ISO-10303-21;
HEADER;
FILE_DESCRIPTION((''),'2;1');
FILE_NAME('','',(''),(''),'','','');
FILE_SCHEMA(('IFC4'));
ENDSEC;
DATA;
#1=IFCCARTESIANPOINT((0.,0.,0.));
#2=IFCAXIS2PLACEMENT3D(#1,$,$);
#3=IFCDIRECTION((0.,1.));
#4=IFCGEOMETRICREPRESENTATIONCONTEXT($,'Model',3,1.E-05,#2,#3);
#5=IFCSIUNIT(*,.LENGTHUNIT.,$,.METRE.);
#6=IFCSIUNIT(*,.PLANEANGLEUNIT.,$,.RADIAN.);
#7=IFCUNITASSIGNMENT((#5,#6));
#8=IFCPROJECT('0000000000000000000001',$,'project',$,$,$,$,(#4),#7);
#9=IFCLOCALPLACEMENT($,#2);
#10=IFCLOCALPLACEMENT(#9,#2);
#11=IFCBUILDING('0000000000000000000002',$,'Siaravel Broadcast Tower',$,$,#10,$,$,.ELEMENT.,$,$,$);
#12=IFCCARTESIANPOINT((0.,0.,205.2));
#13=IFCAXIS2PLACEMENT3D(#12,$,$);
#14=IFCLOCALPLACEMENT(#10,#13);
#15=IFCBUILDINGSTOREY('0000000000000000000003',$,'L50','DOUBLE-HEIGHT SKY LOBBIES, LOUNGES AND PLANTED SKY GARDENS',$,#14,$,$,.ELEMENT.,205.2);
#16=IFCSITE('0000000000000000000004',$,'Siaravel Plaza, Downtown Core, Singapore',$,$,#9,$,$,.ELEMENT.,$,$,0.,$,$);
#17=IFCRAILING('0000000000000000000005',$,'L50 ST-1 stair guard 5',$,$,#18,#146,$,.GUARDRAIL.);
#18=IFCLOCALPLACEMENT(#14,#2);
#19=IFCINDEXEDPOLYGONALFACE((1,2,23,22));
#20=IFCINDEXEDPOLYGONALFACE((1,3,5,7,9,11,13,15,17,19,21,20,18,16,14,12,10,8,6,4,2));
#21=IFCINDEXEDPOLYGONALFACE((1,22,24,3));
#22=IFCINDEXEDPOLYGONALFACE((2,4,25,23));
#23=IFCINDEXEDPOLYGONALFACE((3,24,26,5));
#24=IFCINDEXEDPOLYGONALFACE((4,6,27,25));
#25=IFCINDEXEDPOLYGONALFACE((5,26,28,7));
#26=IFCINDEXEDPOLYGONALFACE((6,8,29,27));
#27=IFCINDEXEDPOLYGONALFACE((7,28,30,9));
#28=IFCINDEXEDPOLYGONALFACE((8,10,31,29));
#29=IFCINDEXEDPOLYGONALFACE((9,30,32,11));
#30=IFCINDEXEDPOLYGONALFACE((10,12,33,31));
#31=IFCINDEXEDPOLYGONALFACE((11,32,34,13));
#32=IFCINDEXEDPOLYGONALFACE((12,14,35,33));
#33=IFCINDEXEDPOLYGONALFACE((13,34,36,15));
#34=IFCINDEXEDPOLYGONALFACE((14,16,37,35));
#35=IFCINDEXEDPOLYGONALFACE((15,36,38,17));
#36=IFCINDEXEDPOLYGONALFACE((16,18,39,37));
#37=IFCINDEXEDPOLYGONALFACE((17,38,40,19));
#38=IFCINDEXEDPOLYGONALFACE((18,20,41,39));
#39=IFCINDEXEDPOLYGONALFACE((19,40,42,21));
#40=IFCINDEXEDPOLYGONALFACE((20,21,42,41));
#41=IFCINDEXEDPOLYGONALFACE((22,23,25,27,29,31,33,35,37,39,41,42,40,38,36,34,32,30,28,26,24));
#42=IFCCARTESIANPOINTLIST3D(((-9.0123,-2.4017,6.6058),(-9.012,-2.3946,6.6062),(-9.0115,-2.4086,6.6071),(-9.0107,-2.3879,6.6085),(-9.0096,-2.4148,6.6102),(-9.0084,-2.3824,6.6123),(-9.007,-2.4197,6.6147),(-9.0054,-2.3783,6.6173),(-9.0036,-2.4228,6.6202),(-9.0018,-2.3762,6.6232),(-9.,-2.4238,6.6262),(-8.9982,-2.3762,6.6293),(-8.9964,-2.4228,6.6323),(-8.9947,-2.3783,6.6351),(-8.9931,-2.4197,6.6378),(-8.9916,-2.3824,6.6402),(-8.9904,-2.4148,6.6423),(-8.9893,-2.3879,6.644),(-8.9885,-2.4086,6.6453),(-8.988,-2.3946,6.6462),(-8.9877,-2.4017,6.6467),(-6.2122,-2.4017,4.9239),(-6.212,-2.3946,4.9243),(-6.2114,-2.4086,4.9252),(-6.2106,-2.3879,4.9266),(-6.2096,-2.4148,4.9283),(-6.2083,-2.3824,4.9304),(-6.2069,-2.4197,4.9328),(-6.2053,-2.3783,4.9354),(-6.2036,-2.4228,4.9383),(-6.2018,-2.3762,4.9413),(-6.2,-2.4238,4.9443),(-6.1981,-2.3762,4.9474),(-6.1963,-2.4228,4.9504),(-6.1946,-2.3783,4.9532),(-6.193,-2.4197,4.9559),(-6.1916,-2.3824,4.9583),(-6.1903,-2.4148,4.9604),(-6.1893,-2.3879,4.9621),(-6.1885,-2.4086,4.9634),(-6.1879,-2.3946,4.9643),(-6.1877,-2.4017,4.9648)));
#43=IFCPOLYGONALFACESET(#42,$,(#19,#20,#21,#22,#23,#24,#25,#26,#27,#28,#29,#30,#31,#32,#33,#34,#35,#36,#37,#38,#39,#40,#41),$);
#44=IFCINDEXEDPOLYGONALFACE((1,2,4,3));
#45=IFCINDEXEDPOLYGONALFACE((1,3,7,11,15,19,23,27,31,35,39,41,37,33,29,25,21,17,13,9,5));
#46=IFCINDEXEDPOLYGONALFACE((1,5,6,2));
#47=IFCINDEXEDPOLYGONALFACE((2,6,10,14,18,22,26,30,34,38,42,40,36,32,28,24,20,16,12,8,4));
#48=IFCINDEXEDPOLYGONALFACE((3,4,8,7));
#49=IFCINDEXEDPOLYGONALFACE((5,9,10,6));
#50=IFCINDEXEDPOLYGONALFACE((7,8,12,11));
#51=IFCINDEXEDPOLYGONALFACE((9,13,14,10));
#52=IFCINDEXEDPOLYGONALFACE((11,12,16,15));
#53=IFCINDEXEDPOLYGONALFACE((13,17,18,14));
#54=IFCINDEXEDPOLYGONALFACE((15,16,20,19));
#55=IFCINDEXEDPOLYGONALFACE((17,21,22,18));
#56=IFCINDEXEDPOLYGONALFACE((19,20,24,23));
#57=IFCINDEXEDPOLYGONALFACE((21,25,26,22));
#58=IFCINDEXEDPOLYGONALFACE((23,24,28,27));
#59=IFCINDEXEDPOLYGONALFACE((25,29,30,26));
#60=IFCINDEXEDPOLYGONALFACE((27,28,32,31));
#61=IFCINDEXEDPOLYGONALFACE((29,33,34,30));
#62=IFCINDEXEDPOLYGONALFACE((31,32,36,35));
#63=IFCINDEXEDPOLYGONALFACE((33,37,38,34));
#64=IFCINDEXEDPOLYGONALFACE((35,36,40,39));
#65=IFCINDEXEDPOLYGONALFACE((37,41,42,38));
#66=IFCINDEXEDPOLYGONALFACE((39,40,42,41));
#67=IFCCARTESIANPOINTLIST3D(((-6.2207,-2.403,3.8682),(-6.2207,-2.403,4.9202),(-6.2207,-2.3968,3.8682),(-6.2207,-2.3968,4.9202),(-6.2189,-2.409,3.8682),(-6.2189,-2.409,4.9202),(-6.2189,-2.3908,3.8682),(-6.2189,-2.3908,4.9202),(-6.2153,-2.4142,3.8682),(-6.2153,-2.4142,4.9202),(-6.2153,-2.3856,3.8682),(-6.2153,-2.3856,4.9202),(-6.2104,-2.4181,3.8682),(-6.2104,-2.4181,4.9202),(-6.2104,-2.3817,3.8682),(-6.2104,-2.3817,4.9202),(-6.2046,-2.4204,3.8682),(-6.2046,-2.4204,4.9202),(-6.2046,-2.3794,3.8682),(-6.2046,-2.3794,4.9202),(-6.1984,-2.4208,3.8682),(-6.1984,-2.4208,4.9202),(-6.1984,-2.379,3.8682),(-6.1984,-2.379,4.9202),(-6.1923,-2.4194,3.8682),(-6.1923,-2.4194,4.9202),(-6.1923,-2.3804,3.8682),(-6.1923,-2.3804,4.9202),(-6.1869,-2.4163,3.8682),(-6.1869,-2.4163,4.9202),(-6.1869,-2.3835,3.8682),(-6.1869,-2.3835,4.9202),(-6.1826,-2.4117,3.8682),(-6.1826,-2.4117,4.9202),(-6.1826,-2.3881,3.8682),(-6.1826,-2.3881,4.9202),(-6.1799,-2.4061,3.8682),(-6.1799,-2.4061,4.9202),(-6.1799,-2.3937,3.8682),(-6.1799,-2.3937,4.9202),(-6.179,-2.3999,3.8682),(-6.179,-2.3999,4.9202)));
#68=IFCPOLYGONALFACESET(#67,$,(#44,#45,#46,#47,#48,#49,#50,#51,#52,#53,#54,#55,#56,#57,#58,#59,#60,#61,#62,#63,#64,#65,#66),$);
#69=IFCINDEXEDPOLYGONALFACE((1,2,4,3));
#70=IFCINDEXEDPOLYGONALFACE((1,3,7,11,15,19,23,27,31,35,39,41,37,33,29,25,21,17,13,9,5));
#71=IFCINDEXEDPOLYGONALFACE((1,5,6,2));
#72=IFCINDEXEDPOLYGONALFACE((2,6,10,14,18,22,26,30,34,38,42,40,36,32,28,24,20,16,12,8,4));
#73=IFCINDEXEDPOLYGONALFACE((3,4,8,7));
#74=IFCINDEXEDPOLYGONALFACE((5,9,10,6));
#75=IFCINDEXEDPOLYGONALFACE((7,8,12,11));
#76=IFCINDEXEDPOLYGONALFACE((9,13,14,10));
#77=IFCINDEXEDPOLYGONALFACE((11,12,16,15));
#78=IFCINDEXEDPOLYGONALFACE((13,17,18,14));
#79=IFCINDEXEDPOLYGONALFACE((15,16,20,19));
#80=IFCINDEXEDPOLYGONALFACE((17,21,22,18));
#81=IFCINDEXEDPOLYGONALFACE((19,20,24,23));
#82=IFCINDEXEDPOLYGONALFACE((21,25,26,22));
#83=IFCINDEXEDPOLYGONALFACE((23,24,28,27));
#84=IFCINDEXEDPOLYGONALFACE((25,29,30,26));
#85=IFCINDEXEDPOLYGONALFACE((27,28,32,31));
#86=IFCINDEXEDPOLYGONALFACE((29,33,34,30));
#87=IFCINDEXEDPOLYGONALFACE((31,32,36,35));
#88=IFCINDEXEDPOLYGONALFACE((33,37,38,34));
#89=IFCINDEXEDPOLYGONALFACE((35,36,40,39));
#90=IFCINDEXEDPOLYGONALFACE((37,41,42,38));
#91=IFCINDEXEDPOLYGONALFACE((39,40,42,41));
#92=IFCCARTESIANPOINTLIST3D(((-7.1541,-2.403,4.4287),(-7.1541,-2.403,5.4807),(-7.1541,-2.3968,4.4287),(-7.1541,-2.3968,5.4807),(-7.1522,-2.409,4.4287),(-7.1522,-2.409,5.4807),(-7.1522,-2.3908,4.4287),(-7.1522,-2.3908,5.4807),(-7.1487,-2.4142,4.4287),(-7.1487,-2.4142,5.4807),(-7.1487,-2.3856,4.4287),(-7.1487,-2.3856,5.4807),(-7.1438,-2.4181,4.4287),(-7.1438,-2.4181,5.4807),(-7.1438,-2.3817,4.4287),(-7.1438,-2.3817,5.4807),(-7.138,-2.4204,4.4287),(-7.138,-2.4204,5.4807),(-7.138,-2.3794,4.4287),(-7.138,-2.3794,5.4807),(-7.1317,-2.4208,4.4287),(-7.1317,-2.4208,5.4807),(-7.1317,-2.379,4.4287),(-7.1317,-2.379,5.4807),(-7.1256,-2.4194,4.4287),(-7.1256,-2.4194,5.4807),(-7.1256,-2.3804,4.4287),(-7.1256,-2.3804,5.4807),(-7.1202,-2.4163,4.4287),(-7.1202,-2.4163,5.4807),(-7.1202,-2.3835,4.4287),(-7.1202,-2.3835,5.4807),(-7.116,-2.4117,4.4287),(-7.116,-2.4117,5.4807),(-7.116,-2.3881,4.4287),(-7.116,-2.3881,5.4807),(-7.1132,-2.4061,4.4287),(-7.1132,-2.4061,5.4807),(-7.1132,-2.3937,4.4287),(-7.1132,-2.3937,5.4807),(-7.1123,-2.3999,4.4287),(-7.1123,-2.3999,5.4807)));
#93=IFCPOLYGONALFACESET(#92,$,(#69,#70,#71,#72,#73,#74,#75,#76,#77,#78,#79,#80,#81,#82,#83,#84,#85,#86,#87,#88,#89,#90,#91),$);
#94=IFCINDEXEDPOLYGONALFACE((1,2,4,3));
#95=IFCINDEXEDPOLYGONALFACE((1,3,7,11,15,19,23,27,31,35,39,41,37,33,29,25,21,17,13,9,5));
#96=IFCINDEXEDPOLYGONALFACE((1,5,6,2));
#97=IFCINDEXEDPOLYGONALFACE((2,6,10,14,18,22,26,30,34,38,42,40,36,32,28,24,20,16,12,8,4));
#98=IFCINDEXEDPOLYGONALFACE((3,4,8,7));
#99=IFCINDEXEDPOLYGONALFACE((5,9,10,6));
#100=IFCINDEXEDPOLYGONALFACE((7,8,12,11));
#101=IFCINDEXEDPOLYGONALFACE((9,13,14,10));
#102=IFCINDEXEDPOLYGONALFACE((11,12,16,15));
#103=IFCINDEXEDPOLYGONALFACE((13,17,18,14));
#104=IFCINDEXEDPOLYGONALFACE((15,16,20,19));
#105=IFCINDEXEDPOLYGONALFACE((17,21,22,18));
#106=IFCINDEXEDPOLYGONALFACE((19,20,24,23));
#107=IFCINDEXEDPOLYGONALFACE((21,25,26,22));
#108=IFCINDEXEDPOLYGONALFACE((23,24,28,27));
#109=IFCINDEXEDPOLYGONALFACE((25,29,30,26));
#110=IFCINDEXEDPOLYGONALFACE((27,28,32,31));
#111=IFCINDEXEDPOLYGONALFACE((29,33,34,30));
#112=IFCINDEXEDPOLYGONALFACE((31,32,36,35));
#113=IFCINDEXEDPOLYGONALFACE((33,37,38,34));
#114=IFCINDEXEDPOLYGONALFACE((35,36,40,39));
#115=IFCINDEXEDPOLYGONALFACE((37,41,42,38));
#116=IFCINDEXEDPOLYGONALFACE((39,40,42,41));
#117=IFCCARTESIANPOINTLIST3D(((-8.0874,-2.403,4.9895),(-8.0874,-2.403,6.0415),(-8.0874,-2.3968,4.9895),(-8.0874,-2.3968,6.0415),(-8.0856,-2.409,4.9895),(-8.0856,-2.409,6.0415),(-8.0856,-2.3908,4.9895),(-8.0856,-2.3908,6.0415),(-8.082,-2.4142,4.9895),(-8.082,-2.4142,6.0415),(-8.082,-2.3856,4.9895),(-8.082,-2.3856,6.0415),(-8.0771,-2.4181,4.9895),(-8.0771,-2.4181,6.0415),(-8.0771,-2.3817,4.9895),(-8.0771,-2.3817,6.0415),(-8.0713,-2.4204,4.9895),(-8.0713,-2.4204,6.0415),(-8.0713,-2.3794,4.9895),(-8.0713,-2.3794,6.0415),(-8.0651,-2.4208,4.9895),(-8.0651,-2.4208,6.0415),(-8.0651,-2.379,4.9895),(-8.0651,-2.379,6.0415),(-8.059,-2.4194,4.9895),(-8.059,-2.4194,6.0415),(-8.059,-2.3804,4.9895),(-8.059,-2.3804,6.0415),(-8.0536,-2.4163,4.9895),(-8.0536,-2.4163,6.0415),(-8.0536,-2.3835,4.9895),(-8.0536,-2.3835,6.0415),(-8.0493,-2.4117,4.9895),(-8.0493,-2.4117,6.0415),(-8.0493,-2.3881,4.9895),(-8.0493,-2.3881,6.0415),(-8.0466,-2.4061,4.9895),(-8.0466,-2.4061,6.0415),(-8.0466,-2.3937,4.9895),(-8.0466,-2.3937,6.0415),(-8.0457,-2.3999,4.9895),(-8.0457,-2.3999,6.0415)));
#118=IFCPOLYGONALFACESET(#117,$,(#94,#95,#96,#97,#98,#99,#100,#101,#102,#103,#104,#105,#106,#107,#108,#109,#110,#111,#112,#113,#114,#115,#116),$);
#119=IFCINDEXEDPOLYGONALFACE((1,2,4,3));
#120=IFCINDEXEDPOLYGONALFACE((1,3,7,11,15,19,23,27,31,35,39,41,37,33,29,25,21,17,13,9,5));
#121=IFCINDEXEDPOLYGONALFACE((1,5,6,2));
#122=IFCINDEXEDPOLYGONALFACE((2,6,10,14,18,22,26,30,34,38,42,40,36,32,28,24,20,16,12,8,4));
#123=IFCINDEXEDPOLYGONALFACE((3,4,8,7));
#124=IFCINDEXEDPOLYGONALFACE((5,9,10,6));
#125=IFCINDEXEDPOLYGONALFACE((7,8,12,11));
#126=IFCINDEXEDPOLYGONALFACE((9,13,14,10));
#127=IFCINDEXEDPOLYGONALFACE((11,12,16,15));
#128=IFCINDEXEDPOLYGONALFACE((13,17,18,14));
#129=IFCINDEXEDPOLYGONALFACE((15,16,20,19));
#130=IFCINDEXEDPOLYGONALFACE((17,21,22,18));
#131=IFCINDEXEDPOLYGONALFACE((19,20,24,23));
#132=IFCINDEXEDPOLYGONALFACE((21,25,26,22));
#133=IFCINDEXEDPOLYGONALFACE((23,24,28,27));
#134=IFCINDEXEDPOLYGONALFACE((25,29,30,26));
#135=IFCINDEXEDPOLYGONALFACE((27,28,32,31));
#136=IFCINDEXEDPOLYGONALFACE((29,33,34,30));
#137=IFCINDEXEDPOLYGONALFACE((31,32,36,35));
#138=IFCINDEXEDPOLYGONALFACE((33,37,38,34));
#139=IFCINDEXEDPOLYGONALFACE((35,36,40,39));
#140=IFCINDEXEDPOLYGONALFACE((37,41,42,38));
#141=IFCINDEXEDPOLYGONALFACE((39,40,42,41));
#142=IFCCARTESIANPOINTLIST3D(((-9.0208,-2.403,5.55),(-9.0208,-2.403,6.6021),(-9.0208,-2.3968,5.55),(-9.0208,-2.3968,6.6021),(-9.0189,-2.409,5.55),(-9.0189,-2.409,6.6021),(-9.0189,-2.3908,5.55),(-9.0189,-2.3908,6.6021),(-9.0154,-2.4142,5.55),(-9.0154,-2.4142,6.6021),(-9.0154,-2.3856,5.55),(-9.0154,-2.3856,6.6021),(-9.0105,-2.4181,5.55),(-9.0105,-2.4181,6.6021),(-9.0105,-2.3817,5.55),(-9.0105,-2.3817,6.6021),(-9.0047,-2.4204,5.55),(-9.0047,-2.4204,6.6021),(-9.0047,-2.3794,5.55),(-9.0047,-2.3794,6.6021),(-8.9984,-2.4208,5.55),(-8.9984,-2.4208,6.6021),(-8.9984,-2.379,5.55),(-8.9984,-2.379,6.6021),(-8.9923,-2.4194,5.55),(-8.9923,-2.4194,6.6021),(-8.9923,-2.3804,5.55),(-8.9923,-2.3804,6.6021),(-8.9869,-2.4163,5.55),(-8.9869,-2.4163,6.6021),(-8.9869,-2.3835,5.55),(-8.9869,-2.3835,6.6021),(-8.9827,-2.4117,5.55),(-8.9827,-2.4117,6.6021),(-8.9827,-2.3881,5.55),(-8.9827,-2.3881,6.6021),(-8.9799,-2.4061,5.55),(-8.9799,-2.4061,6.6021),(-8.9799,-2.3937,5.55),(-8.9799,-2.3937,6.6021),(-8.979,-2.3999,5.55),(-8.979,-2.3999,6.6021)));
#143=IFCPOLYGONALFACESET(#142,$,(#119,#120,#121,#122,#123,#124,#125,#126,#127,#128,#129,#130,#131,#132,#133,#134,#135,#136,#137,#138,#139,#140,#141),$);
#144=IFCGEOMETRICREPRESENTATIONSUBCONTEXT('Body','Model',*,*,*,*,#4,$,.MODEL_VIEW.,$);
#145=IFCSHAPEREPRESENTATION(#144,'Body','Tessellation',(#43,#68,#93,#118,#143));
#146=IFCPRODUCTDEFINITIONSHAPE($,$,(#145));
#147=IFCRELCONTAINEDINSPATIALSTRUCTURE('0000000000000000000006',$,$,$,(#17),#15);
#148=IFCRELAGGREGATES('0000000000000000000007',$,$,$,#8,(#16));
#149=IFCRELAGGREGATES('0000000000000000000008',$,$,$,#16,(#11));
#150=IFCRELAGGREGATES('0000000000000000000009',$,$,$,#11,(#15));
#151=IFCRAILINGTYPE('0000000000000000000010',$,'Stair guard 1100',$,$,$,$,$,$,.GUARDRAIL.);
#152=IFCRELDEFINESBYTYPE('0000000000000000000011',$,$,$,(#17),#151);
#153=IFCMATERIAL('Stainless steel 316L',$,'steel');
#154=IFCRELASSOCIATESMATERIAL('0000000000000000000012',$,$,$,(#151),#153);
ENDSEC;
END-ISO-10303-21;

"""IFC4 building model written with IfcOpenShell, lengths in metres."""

from ifc_helpers import new_model, si_unit, direction, frame, origin, origin_2d, place, context, subcontext, project, spatial, circle, extrude, material, type_object, element, save


model = new_model("IFC4")

# Units and contexts
model_context = context("Model", 3, precision=1e-05, world=origin(), true_north=direction((0.0, 1.0)))
body_context = subcontext(model_context, "Body", "Model", "MODEL_VIEW")
ifc_project = project(units=[si_unit("LENGTHUNIT", "METRE"), si_unit("PLANEANGLEUNIT", "RADIAN")], contexts=[model_context])

# Site, building, storey
site_placement = place(None, origin())
site = spatial("IfcSite", under=ifc_project, at=site_placement, Name="Siaravel Plaza, Downtown Core, Singapore", CompositionType="ELEMENT", RefElevation=0.0)
building_placement = place(site_placement, origin())
building = spatial("IfcBuilding", under=site, at=building_placement, Name="Siaravel Broadcast Tower", CompositionType="ELEMENT")
storey_placement = place(building_placement, frame((0.0, 0.0, 205.2)))
storey = spatial("IfcBuildingStorey", under=building, at=storey_placement, Name="L50", Description="DOUBLE-HEIGHT SKY LOBBIES, LOUNGES AND PLANTED SKY GARDENS", CompositionType="ELEMENT", Elevation=205.2)

# Shared definitions
ifc_material_1 = material(Name="Stainless steel 316L", Category="steel")

# Railing
railing_type_1 = type_object("IfcRailingType", Name="Stair guard 1100", PredefinedType="GUARDRAIL", material=ifc_material_1)
railing_1_placement = place(storey_placement, frame((-6.2, -2.3999, 3.8682)))
element("IfcRailing", 1, at=railing_1_placement, inside=storey, type_object=railing_type_1, Name="L50 ST-1 stair guard 5", PredefinedType="GUARDRAIL", context=body_context, shape_type="SweptSolid", body=[
    extrude(circle(Radius=0.0239, at=origin_2d()), frame((0.0, 0.0, 1.0762), z_axis=(-0.857242, 0.0, 0.514913), x_axis=(0.0, -1.0, 0.0)), (0.0, 0.0, 1.0), 3.2664),
    extrude(circle(Radius=0.021, at=origin_2d()), origin(), (0.0, 0.0, 1.0), 1.052),
    extrude(circle(Radius=0.021, at=origin_2d()), frame((-0.9333, 0.0, 0.5605)), (0.0, 0.0, 1.0), 1.052),
    extrude(circle(Radius=0.021, at=origin_2d()), frame((-1.8667, 0.0, 1.1213)), (0.0, 0.0, 1.0), 1.052),
    extrude(circle(Radius=0.021, at=origin_2d()), frame((-2.8, 0.0, 1.6819)), (0.0, 0.0, 1.0), 1.052),
])

save(model, "model.ifc")
